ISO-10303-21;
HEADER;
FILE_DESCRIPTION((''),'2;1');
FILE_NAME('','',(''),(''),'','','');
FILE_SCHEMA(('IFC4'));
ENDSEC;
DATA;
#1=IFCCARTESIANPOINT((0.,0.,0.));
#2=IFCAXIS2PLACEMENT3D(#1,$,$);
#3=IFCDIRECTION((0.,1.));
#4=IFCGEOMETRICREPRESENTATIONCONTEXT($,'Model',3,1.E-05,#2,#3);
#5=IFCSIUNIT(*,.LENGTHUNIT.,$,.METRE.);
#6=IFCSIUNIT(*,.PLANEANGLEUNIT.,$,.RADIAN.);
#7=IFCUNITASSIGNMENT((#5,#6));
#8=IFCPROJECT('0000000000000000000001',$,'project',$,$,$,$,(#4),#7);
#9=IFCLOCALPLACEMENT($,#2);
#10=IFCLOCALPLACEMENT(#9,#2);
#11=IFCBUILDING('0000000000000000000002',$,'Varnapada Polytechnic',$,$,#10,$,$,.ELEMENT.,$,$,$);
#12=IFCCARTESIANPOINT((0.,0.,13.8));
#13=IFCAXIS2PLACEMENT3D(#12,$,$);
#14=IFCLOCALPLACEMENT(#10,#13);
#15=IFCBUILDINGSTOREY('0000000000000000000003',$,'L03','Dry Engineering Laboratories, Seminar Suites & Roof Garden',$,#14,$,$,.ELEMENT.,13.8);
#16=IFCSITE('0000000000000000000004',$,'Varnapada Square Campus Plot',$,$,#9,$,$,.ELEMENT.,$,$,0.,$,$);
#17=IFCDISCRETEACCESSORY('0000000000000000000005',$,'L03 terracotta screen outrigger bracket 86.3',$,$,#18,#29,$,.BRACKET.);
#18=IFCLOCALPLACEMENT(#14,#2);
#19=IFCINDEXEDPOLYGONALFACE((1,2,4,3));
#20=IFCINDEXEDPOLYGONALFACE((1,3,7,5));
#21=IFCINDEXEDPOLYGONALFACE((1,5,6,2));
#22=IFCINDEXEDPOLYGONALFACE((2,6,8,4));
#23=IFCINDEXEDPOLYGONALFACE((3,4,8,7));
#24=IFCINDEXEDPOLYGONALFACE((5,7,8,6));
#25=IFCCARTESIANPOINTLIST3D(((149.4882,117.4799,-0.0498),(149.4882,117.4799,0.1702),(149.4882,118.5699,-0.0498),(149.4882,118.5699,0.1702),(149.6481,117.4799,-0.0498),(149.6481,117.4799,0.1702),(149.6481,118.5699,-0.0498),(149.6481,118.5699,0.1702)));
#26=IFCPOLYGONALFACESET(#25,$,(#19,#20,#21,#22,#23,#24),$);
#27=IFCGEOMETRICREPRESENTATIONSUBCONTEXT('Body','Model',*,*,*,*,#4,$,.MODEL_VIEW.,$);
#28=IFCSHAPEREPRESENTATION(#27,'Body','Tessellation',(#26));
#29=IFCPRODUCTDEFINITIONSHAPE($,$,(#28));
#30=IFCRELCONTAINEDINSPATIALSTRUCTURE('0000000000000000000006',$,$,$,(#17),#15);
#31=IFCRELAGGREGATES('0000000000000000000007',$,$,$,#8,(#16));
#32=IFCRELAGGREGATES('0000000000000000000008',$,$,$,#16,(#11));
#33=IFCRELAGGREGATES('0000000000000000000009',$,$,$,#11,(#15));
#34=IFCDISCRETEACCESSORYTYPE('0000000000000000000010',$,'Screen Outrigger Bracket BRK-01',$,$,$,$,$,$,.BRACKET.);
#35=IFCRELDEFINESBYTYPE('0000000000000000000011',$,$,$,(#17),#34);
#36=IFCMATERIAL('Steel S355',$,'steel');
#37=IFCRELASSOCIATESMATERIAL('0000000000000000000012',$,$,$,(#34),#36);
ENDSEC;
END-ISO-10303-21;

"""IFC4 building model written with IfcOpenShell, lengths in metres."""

from ifc_helpers import new_model, si_unit, direction, frame, origin, origin_2d, place, context, subcontext, project, spatial, rectangle, extrude, material, type_object, element, save


model = new_model("IFC4")

# Units and contexts
model_context = context("Model", 3, precision=1e-05, world=origin(), true_north=direction((0.0, 1.0)))
body_context = subcontext(model_context, "Body", "Model", "MODEL_VIEW")
ifc_project = project(units=[si_unit("LENGTHUNIT", "METRE"), si_unit("PLANEANGLEUNIT", "RADIAN")], contexts=[model_context])

# Site, building, storey
site_placement = place(None, origin())
site = spatial("IfcSite", under=ifc_project, at=site_placement, Name="Varnapada Square Campus Plot", CompositionType="ELEMENT", RefElevation=0.0)
building_placement = place(site_placement, origin())
building = spatial("IfcBuilding", under=site, at=building_placement, Name="Varnapada Polytechnic", CompositionType="ELEMENT")
storey_placement = place(building_placement, frame((0.0, 0.0, 13.8)))
storey = spatial("IfcBuildingStorey", under=building, at=storey_placement, Name="L03", Description="Dry Engineering Laboratories, Seminar Suites & Roof Garden", CompositionType="ELEMENT", Elevation=13.8)

# Discrete accessory
ifc_material_1 = material(Name="Steel S355", Category="steel")
discrete_accessory_type = type_object("IfcDiscreteAccessoryType", Name="Screen Outrigger Bracket BRK-01", PredefinedType="BRACKET", material=ifc_material_1)
discrete_accessory_placement = place(storey_placement, frame((149.5681, 118.0249, -0.0498), z_axis=(0.0, 0.0, 1.0), x_axis=(1.0, 0.0, 0.0)))
element("IfcDiscreteAccessory", 1, at=discrete_accessory_placement, inside=storey, type_object=discrete_accessory_type, Name="L03 terracotta screen outrigger bracket 86.3", PredefinedType="BRACKET", context=body_context, shape_type="SweptSolid", body=[
    extrude(rectangle(XDim=0.1599, YDim=1.0901, at=origin_2d()), origin(), (0.0, 0.0, 1.0), 0.22),
])

save(model, "model.ifc")
